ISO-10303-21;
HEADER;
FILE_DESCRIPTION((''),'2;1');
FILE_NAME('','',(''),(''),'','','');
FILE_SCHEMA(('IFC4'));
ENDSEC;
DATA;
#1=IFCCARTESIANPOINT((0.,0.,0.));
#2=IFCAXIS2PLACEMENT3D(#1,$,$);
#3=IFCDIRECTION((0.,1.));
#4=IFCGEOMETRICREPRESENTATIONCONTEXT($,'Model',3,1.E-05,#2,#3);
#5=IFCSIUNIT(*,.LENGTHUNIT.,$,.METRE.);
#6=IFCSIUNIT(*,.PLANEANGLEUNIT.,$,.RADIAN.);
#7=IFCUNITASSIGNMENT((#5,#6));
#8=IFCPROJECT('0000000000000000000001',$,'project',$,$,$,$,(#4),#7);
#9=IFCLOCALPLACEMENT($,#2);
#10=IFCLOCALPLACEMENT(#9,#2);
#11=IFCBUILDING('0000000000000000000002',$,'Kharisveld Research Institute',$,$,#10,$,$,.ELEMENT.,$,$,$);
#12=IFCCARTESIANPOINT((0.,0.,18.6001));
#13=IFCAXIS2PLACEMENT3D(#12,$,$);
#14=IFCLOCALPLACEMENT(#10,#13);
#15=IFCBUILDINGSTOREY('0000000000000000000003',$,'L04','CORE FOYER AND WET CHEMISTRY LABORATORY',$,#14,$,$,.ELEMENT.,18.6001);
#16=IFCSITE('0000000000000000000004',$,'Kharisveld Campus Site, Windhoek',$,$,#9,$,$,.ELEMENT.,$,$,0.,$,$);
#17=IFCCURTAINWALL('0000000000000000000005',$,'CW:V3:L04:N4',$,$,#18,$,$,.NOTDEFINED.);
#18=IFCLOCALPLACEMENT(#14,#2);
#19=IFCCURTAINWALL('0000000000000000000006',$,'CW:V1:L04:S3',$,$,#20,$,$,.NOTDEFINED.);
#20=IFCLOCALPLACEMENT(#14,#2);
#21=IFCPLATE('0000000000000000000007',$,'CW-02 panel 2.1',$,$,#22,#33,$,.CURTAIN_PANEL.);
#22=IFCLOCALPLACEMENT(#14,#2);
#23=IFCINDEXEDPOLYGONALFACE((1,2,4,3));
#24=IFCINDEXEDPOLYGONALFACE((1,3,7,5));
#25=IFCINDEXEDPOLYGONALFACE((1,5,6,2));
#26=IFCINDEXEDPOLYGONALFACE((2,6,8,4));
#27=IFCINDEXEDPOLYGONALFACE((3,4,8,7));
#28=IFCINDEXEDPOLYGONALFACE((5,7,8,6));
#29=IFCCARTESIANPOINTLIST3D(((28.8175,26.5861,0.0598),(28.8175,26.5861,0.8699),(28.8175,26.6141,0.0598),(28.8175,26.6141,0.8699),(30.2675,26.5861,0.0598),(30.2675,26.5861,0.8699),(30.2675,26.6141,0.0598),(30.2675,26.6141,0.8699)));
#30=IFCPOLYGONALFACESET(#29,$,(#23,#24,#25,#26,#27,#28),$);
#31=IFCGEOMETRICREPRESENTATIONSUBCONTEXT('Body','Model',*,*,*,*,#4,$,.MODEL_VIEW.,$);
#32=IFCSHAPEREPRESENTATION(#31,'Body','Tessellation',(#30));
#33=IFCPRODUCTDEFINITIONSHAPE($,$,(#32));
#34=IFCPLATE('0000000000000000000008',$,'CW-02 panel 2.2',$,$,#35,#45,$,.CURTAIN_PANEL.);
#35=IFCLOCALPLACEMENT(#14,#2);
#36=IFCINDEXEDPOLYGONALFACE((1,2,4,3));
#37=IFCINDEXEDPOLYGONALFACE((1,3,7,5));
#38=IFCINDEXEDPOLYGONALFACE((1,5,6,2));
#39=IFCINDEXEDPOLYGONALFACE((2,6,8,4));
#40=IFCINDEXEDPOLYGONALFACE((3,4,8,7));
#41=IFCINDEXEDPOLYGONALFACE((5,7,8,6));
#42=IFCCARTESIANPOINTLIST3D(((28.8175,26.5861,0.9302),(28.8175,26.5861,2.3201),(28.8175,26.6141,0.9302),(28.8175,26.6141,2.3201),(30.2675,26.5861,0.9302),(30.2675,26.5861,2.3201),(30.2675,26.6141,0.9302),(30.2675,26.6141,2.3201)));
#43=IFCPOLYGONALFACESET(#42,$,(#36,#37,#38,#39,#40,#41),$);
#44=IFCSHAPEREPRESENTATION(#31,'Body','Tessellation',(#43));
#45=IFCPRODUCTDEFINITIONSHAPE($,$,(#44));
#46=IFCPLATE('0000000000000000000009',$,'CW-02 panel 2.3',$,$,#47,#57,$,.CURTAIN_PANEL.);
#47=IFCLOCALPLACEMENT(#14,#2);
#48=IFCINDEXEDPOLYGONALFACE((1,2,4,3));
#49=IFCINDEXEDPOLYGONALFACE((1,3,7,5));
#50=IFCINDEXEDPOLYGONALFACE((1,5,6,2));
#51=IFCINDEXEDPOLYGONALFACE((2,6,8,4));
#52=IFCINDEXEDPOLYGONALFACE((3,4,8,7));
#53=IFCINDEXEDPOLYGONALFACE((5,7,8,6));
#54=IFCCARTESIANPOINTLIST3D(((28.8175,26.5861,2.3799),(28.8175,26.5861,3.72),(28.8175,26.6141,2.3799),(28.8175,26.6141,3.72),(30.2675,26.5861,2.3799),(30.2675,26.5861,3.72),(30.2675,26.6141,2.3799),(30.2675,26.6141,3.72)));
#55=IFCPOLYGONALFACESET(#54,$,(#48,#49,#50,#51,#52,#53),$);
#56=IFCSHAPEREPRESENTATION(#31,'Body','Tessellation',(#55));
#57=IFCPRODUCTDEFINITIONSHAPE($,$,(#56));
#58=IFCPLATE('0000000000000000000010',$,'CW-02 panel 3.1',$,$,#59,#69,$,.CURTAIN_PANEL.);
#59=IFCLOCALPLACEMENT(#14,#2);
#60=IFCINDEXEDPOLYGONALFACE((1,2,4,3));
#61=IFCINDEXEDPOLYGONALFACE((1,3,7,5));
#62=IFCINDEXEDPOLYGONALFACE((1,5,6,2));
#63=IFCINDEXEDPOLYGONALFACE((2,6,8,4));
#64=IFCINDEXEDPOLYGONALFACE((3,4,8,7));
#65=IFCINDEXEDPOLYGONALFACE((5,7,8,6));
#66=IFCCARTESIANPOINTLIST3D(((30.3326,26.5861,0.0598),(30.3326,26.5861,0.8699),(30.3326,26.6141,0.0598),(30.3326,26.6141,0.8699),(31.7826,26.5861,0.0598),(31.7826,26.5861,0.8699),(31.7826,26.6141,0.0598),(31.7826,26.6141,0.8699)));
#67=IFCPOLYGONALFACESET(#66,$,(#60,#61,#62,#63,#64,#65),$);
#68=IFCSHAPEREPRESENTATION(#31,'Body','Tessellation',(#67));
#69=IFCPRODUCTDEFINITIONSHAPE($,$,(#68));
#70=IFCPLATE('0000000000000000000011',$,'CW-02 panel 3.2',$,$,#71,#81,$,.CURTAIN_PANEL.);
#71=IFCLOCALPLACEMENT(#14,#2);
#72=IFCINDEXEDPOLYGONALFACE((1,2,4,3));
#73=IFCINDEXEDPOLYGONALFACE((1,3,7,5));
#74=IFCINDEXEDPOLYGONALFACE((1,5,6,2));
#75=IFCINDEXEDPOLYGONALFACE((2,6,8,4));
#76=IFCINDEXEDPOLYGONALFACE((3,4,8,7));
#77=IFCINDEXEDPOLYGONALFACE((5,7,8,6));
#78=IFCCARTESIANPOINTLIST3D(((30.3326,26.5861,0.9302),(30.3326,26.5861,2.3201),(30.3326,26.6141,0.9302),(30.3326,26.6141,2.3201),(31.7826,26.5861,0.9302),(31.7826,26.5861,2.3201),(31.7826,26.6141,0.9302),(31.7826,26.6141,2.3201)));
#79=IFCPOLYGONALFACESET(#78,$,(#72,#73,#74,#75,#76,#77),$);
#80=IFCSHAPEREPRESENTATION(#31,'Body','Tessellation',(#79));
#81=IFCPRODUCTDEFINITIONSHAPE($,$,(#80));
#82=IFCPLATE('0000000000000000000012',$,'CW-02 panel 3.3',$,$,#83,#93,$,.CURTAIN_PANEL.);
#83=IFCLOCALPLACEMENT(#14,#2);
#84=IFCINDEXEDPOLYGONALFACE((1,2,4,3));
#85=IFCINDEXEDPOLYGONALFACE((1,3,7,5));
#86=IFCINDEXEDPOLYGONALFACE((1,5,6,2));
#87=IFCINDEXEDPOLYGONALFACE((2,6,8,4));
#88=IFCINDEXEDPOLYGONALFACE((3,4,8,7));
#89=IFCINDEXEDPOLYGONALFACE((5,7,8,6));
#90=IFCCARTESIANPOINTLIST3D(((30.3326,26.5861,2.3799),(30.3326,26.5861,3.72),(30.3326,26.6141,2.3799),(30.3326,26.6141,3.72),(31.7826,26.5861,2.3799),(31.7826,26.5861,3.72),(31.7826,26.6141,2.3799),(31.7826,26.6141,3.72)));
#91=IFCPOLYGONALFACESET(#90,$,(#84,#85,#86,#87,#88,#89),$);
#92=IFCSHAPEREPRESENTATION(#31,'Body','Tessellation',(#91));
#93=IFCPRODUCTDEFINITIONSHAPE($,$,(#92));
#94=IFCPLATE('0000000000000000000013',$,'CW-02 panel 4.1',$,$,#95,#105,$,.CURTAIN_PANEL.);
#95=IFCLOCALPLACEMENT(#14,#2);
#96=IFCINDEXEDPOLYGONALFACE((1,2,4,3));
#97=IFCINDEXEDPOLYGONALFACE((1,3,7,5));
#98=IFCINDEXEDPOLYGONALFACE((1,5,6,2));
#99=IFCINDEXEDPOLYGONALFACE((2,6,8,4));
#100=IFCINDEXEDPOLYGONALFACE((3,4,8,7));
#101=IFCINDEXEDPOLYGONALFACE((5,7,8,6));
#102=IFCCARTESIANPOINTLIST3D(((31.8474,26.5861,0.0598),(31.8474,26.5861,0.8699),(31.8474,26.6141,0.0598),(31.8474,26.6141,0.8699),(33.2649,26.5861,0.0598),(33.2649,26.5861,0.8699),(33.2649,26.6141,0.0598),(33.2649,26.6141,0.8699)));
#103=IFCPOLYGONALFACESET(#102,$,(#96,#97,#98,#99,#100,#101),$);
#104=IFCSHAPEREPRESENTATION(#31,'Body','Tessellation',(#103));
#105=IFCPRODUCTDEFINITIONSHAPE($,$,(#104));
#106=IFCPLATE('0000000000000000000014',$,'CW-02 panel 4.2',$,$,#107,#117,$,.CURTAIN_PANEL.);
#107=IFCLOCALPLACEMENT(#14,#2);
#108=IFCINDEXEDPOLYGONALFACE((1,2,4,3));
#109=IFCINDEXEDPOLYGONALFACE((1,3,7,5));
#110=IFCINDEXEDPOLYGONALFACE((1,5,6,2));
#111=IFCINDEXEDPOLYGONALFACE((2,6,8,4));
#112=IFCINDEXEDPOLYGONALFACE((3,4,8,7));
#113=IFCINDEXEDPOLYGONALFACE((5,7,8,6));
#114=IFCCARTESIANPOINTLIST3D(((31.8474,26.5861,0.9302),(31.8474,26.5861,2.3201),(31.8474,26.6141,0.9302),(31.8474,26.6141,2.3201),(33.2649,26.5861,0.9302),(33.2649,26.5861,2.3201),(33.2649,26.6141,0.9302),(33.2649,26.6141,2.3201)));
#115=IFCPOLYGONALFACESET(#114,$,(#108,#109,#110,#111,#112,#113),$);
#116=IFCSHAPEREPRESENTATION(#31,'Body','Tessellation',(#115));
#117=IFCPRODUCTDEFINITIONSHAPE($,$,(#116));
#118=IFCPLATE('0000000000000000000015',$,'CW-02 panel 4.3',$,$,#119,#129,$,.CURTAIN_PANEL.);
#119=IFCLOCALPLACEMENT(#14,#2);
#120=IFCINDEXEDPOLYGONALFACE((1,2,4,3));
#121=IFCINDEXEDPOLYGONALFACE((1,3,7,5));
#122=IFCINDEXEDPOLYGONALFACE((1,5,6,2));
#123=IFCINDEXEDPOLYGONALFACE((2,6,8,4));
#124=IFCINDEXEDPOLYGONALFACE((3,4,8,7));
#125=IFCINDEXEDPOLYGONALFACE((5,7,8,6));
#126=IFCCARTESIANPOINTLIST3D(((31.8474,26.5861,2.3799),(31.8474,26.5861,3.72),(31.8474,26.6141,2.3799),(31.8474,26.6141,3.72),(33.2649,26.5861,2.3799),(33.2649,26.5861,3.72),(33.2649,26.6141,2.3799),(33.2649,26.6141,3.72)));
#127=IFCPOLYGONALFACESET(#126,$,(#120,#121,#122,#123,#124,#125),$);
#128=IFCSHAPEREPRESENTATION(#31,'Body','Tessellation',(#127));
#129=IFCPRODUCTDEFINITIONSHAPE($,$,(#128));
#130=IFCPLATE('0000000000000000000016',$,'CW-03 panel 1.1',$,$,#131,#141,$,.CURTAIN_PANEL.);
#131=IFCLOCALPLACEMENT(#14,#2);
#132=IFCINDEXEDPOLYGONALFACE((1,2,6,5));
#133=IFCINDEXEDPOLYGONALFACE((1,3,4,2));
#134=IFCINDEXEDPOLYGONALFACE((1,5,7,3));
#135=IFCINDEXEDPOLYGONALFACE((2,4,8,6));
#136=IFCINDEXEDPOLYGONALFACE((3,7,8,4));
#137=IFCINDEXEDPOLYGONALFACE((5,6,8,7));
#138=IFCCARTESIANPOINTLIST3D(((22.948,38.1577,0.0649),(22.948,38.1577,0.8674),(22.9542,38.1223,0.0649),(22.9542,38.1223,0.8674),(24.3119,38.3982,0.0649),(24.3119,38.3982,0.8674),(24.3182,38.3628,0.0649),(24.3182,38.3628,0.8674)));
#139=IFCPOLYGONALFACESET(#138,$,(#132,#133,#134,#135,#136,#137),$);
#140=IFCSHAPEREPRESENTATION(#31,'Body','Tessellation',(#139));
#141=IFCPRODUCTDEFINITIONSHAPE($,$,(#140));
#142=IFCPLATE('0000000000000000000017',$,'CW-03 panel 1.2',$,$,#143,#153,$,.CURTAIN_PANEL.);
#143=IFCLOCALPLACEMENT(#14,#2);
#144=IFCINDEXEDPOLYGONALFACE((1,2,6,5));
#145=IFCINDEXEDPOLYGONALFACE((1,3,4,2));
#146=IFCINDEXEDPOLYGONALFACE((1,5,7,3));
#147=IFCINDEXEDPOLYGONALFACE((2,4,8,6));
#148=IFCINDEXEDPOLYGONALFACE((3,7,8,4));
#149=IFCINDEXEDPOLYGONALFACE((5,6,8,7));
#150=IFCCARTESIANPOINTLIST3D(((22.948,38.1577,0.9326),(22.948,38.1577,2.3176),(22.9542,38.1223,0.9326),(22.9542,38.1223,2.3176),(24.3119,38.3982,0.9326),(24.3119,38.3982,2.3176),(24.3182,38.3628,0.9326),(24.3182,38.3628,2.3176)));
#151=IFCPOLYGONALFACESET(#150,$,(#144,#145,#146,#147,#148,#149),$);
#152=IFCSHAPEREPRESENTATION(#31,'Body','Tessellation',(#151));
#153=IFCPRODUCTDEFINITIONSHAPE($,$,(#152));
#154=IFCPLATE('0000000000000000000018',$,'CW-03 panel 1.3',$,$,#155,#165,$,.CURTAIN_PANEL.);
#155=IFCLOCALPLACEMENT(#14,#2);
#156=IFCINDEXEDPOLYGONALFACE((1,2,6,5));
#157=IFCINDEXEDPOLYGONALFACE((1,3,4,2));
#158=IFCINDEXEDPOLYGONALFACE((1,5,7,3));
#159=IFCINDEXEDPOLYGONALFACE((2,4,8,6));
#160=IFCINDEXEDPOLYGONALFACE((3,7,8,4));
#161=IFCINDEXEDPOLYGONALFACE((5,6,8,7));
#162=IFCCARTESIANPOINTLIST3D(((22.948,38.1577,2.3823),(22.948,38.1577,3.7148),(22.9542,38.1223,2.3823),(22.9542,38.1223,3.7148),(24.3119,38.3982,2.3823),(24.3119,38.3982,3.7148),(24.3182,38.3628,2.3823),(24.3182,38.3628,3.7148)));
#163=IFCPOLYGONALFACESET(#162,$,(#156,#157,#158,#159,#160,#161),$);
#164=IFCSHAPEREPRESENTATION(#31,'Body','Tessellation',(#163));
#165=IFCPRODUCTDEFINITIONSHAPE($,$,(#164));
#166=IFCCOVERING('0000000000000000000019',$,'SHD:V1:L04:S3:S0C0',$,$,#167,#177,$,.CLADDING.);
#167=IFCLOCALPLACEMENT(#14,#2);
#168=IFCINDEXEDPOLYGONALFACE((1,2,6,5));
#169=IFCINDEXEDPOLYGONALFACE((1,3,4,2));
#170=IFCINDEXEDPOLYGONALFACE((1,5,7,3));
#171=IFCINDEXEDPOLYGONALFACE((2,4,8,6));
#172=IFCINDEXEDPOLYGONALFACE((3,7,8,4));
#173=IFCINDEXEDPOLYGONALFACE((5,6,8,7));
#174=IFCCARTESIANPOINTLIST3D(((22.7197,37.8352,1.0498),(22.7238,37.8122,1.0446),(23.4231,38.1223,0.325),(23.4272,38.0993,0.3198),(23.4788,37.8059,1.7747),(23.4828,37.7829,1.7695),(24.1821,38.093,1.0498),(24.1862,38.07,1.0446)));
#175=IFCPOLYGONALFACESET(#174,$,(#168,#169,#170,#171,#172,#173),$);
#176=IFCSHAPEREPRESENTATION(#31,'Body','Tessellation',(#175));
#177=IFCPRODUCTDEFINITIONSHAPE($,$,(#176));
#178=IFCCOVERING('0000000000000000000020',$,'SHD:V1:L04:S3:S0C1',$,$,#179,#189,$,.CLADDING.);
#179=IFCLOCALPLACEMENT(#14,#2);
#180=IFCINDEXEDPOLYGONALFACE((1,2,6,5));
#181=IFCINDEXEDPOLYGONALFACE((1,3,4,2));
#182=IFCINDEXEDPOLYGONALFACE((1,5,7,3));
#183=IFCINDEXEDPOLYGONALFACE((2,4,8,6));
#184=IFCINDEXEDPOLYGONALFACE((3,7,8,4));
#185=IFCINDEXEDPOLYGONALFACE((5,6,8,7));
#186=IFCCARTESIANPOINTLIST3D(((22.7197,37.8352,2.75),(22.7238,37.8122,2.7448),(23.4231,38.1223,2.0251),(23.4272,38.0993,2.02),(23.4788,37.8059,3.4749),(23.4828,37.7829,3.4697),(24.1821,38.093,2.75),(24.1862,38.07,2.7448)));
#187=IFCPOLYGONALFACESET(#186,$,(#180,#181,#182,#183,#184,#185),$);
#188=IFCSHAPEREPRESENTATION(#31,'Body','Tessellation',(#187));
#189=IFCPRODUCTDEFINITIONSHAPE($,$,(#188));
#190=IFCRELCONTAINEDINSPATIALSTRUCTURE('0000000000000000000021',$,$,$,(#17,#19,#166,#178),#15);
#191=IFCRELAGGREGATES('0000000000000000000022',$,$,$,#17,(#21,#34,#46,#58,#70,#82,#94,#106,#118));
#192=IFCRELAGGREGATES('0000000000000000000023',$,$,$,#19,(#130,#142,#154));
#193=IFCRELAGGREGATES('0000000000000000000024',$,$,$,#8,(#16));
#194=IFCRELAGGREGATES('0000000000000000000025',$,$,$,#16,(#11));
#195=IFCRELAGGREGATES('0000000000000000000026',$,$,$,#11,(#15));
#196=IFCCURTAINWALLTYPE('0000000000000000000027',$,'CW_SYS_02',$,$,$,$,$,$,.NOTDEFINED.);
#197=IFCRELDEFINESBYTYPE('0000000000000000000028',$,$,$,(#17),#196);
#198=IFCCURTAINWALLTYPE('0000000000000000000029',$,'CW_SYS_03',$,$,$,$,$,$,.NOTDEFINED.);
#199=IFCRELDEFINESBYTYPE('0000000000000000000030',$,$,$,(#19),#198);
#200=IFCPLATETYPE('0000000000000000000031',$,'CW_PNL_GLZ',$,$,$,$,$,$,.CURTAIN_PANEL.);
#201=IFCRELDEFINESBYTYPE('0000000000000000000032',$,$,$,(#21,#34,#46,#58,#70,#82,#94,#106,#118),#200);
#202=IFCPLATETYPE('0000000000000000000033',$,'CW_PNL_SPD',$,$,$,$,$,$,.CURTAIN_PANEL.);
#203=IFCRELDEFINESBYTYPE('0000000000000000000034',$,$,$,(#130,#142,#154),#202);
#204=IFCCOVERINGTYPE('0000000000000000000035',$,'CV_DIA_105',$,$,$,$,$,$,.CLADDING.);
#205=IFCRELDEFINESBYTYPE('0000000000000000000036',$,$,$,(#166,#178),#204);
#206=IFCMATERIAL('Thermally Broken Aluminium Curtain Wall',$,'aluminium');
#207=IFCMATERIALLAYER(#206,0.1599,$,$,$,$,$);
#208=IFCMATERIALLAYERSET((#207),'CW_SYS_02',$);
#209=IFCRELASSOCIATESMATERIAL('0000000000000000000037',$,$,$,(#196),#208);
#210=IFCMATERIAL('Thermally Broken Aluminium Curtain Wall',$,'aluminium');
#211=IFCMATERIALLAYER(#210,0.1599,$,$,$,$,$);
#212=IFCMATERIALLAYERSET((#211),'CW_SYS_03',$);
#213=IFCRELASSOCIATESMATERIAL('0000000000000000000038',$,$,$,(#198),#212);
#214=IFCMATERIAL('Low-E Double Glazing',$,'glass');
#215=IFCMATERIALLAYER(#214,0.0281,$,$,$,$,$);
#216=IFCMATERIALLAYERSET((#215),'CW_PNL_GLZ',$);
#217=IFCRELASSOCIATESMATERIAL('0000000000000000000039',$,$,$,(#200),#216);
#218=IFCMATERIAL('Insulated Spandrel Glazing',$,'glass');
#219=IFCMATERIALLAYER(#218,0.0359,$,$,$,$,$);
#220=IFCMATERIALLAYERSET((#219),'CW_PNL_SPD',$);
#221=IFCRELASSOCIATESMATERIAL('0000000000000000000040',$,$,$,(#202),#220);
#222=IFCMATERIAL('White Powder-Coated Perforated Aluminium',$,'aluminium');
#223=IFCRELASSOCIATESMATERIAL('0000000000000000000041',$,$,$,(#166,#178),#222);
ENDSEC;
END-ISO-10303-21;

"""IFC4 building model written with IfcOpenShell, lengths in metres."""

from ifc_helpers import new_model, si_unit, direction, frame, origin, origin_2d, place, context, subcontext, project, spatial, polyline, rectangle, outline, extrude, material, layer, layer_set, type_object, element, aggregate, save


model = new_model("IFC4")

# Units and contexts
model_context = context("Model", 3, precision=1e-05, world=origin(), true_north=direction((0.0, 1.0)))
body_context = subcontext(model_context, "Body", "Model", "MODEL_VIEW")
ifc_project = project(units=[si_unit("LENGTHUNIT", "METRE"), si_unit("PLANEANGLEUNIT", "RADIAN")], contexts=[model_context])

# Site, building, storey
site_placement = place(None, origin())
site = spatial("IfcSite", under=ifc_project, at=site_placement, Name="Kharisveld Campus Site, Windhoek", CompositionType="ELEMENT", RefElevation=0.0)
building_placement = place(site_placement, origin())
building = spatial("IfcBuilding", under=site, at=building_placement, Name="Kharisveld Research Institute", CompositionType="ELEMENT")
storey_placement = place(building_placement, frame((0.0, 0.0, 18.6001)))
storey = spatial("IfcBuildingStorey", under=building, at=storey_placement, Name="L04", Description="CORE FOYER AND WET CHEMISTRY LABORATORY", CompositionType="ELEMENT", Elevation=18.6001)

# Curtain wall
ifc_material_1 = material(Name="Thermally Broken Aluminium Curtain Wall", Category="aluminium")
ifc_layer_1 = layer(ifc_material_1, 0.1599)
ifc_layer_set_1 = layer_set([ifc_layer_1], Name="CW_SYS_02")
curtain_wall_type_1 = type_object("IfcCurtainWallType", Name="CW_SYS_02", PredefinedType="NOTDEFINED", material=ifc_layer_set_1)
curtain_wall_1_placement = place(storey_placement, origin())
curtain_wall_1 = element("IfcCurtainWall", 1, at=curtain_wall_1_placement, inside=storey, type_object=curtain_wall_type_1, Name="CW:V3:L04:N4", PredefinedType="NOTDEFINED")

# Curtain wall
ifc_material_2 = material(Name="Thermally Broken Aluminium Curtain Wall", Category="aluminium")
ifc_layer_2 = layer(ifc_material_2, 0.1599)
ifc_layer_set_2 = layer_set([ifc_layer_2], Name="CW_SYS_03")
curtain_wall_type_2 = type_object("IfcCurtainWallType", Name="CW_SYS_03", PredefinedType="NOTDEFINED", material=ifc_layer_set_2)
curtain_wall_2_placement = place(storey_placement, origin())
curtain_wall_2 = element("IfcCurtainWall", 2, at=curtain_wall_2_placement, inside=storey, type_object=curtain_wall_type_2, Name="CW:V1:L04:S3", PredefinedType="NOTDEFINED")

# Plates
ifc_material_3 = material(Name="Low-E Double Glazing", Category="glass")
ifc_layer_3 = layer(ifc_material_3, 0.0281)
ifc_layer_set_3 = layer_set([ifc_layer_3], Name="CW_PNL_GLZ")
plate_type_1 = type_object("IfcPlateType", Name="CW_PNL_GLZ", PredefinedType="CURTAIN_PANEL", material=ifc_layer_set_3)
plate_1_placement = place(storey_placement, frame((29.5425, 26.6001, 0.0598), z_axis=(0.0, 0.0, 1.0), x_axis=(1.0, 0.0, 0.0)))
plate_1 = element("IfcPlate", 3, at=plate_1_placement, type_object=plate_type_1, Name="CW-02 panel 2.1", PredefinedType="CURTAIN_PANEL", context=body_context, shape_type="SweptSolid", body=[
    extrude(rectangle(XDim=1.45, YDim=0.0281, at=origin_2d()), origin(), (0.0, 0.0, 1.0), 0.8101),
])
plate_2_placement = place(storey_placement, frame((29.5425, 26.6001, 0.9302), z_axis=(0.0, 0.0, 1.0), x_axis=(1.0, 0.0, 0.0)))
plate_2 = element("IfcPlate", 4, at=plate_2_placement, type_object=plate_type_1, Name="CW-02 panel 2.2", PredefinedType="CURTAIN_PANEL", context=body_context, shape_type="SweptSolid", body=[
    extrude(rectangle(XDim=1.45, YDim=0.0281, at=origin_2d()), origin(), (0.0, 0.0, 1.0), 1.3899),
])
plate_3_placement = place(storey_placement, frame((29.5425, 26.6001, 2.3799), z_axis=(0.0, 0.0, 1.0), x_axis=(1.0, 0.0, 0.0)))
plate_3 = element("IfcPlate", 5, at=plate_3_placement, type_object=plate_type_1, Name="CW-02 panel 2.3", PredefinedType="CURTAIN_PANEL", context=body_context, shape_type="SweptSolid", body=[
    extrude(rectangle(XDim=1.45, YDim=0.0281, at=origin_2d()), origin(), (0.0, 0.0, 1.0), 1.3401),
])
plate_4_placement = place(storey_placement, frame((31.0576, 26.6001, 0.0598), z_axis=(0.0, 0.0, 1.0), x_axis=(1.0, 0.0, 0.0)))
plate_4 = element("IfcPlate", 6, at=plate_4_placement, type_object=plate_type_1, Name="CW-02 panel 3.1", PredefinedType="CURTAIN_PANEL", context=body_context, shape_type="SweptSolid", body=[
    extrude(rectangle(XDim=1.45, YDim=0.0281, at=origin_2d()), origin(), (0.0, 0.0, 1.0), 0.8101),
])
plate_5_placement = place(storey_placement, frame((31.0576, 26.6001, 0.9302), z_axis=(0.0, 0.0, 1.0), x_axis=(1.0, 0.0, 0.0)))
plate_5 = element("IfcPlate", 7, at=plate_5_placement, type_object=plate_type_1, Name="CW-02 panel 3.2", PredefinedType="CURTAIN_PANEL", context=body_context, shape_type="SweptSolid", body=[
    extrude(rectangle(XDim=1.45, YDim=0.0281, at=origin_2d()), origin(), (0.0, 0.0, 1.0), 1.3899),
])
plate_6_placement = place(storey_placement, frame((31.0576, 26.6001, 2.3799), z_axis=(0.0, 0.0, 1.0), x_axis=(1.0, 0.0, 0.0)))
plate_6 = element("IfcPlate", 8, at=plate_6_placement, type_object=plate_type_1, Name="CW-02 panel 3.3", PredefinedType="CURTAIN_PANEL", context=body_context, shape_type="SweptSolid", body=[
    extrude(rectangle(XDim=1.45, YDim=0.0281, at=origin_2d()), origin(), (0.0, 0.0, 1.0), 1.3401),
])
plate_7_placement = place(storey_placement, frame((32.5562, 26.6001, 0.0598), z_axis=(0.0, 0.0, 1.0), x_axis=(1.0, 0.0, 0.0)))
plate_7 = element("IfcPlate", 9, at=plate_7_placement, type_object=plate_type_1, Name="CW-02 panel 4.1", PredefinedType="CURTAIN_PANEL", context=body_context, shape_type="SweptSolid", body=[
    extrude(rectangle(XDim=1.4175, YDim=0.0281, at=origin_2d()), origin(), (0.0, 0.0, 1.0), 0.8101),
])
plate_8_placement = place(storey_placement, frame((32.5562, 26.6001, 0.9302), z_axis=(0.0, 0.0, 1.0), x_axis=(1.0, 0.0, 0.0)))
plate_8 = element("IfcPlate", 10, at=plate_8_placement, type_object=plate_type_1, Name="CW-02 panel 4.2", PredefinedType="CURTAIN_PANEL", context=body_context, shape_type="SweptSolid", body=[
    extrude(rectangle(XDim=1.4175, YDim=0.0281, at=origin_2d()), origin(), (0.0, 0.0, 1.0), 1.3899),
])
plate_9_placement = place(storey_placement, frame((32.5562, 26.6001, 2.3799), z_axis=(0.0, 0.0, 1.0), x_axis=(1.0, 0.0, 0.0)))
plate_9 = element("IfcPlate", 11, at=plate_9_placement, type_object=plate_type_1, Name="CW-02 panel 4.3", PredefinedType="CURTAIN_PANEL", context=body_context, shape_type="SweptSolid", body=[
    extrude(rectangle(XDim=1.4175, YDim=0.0281, at=origin_2d()), origin(), (0.0, 0.0, 1.0), 1.3401),
])
aggregate(curtain_wall_1, [plate_1, plate_2, plate_3, plate_4, plate_5, plate_6, plate_7, plate_8, plate_9])
ifc_material_4 = material(Name="Insulated Spandrel Glazing", Category="glass")
ifc_layer_4 = layer(ifc_material_4, 0.0359)
ifc_layer_set_4 = layer_set([ifc_layer_4], Name="CW_PNL_SPD")
plate_type_2 = type_object("IfcPlateType", Name="CW_PNL_SPD", PredefinedType="CURTAIN_PANEL", material=ifc_layer_set_4)
plate_10_placement = place(storey_placement, frame((23.6331, 38.2603, 0.0649), z_axis=(0.0, 0.0, 1.0), x_axis=(-0.984808, -0.173648, 0.0)))
plate_10 = element("IfcPlate", 12, at=plate_10_placement, type_object=plate_type_2, Name="CW-03 panel 1.1", PredefinedType="CURTAIN_PANEL", context=body_context, shape_type="SweptSolid", body=[
    extrude(rectangle(XDim=1.385, YDim=0.0359, at=origin_2d()), origin(), (0.0, 0.0, 1.0), 0.8025),
])
plate_11_placement = place(storey_placement, frame((23.6331, 38.2603, 0.9326), z_axis=(0.0, 0.0, 1.0), x_axis=(-0.984808, -0.173648, 0.0)))
plate_11 = element("IfcPlate", 13, at=plate_11_placement, type_object=plate_type_2, Name="CW-03 panel 1.2", PredefinedType="CURTAIN_PANEL", context=body_context, shape_type="SweptSolid", body=[
    extrude(rectangle(XDim=1.385, YDim=0.0359, at=origin_2d()), origin(), (0.0, 0.0, 1.0), 1.385),
])
plate_12_placement = place(storey_placement, frame((23.6331, 38.2603, 2.3823), z_axis=(0.0, 0.0, 1.0), x_axis=(-0.984808, -0.173648, 0.0)))
plate_12 = element("IfcPlate", 14, at=plate_12_placement, type_object=plate_type_2, Name="CW-03 panel 1.3", PredefinedType="CURTAIN_PANEL", context=body_context, shape_type="SweptSolid", body=[
    extrude(rectangle(XDim=1.385, YDim=0.0359, at=origin_2d()), origin(), (0.0, 0.0, 1.0), 1.3325),
])
aggregate(curtain_wall_2, [plate_10, plate_11, plate_12])

# Coverings
ifc_material_5 = material(Name="White Powder-Coated Perforated Aluminium", Category="aluminium")
covering_type = type_object("IfcCoveringType", Name="CV_DIA_105", PredefinedType="CLADDING")
for number, where, z_axis, x_axis, name in (
    (15, (23.4231, 38.1223, 0.325), (-0.169504, 0.961487, 0.216358), (-0.669853, -0.273429, 0.690314), "SHD:V1:L04:S3:S0C0"),
    (16, (23.4231, 38.1223, 2.0251), (-0.169504, 0.961487, 0.216358), (-0.669853, -0.273429, 0.690314), "SHD:V1:L04:S3:S0C1"),
):
    element("IfcCovering", number, at=place(storey_placement, frame(where, z_axis=z_axis, x_axis=x_axis)), inside=storey, type_object=covering_type, material=ifc_material_5, Name=name, PredefinedType="CLADDING", context=body_context, shape_type="SweptSolid", body=[
        extrude(outline(polyline([(0.0, 0.0), (1.05, 0.0), (1.05, 1.05), (-0.0001, 1.05), (0.0, 0.0)])), origin(), (0.0, 0.0, -1.0), 0.0239),
    ])

save(model, "model.ifc")
